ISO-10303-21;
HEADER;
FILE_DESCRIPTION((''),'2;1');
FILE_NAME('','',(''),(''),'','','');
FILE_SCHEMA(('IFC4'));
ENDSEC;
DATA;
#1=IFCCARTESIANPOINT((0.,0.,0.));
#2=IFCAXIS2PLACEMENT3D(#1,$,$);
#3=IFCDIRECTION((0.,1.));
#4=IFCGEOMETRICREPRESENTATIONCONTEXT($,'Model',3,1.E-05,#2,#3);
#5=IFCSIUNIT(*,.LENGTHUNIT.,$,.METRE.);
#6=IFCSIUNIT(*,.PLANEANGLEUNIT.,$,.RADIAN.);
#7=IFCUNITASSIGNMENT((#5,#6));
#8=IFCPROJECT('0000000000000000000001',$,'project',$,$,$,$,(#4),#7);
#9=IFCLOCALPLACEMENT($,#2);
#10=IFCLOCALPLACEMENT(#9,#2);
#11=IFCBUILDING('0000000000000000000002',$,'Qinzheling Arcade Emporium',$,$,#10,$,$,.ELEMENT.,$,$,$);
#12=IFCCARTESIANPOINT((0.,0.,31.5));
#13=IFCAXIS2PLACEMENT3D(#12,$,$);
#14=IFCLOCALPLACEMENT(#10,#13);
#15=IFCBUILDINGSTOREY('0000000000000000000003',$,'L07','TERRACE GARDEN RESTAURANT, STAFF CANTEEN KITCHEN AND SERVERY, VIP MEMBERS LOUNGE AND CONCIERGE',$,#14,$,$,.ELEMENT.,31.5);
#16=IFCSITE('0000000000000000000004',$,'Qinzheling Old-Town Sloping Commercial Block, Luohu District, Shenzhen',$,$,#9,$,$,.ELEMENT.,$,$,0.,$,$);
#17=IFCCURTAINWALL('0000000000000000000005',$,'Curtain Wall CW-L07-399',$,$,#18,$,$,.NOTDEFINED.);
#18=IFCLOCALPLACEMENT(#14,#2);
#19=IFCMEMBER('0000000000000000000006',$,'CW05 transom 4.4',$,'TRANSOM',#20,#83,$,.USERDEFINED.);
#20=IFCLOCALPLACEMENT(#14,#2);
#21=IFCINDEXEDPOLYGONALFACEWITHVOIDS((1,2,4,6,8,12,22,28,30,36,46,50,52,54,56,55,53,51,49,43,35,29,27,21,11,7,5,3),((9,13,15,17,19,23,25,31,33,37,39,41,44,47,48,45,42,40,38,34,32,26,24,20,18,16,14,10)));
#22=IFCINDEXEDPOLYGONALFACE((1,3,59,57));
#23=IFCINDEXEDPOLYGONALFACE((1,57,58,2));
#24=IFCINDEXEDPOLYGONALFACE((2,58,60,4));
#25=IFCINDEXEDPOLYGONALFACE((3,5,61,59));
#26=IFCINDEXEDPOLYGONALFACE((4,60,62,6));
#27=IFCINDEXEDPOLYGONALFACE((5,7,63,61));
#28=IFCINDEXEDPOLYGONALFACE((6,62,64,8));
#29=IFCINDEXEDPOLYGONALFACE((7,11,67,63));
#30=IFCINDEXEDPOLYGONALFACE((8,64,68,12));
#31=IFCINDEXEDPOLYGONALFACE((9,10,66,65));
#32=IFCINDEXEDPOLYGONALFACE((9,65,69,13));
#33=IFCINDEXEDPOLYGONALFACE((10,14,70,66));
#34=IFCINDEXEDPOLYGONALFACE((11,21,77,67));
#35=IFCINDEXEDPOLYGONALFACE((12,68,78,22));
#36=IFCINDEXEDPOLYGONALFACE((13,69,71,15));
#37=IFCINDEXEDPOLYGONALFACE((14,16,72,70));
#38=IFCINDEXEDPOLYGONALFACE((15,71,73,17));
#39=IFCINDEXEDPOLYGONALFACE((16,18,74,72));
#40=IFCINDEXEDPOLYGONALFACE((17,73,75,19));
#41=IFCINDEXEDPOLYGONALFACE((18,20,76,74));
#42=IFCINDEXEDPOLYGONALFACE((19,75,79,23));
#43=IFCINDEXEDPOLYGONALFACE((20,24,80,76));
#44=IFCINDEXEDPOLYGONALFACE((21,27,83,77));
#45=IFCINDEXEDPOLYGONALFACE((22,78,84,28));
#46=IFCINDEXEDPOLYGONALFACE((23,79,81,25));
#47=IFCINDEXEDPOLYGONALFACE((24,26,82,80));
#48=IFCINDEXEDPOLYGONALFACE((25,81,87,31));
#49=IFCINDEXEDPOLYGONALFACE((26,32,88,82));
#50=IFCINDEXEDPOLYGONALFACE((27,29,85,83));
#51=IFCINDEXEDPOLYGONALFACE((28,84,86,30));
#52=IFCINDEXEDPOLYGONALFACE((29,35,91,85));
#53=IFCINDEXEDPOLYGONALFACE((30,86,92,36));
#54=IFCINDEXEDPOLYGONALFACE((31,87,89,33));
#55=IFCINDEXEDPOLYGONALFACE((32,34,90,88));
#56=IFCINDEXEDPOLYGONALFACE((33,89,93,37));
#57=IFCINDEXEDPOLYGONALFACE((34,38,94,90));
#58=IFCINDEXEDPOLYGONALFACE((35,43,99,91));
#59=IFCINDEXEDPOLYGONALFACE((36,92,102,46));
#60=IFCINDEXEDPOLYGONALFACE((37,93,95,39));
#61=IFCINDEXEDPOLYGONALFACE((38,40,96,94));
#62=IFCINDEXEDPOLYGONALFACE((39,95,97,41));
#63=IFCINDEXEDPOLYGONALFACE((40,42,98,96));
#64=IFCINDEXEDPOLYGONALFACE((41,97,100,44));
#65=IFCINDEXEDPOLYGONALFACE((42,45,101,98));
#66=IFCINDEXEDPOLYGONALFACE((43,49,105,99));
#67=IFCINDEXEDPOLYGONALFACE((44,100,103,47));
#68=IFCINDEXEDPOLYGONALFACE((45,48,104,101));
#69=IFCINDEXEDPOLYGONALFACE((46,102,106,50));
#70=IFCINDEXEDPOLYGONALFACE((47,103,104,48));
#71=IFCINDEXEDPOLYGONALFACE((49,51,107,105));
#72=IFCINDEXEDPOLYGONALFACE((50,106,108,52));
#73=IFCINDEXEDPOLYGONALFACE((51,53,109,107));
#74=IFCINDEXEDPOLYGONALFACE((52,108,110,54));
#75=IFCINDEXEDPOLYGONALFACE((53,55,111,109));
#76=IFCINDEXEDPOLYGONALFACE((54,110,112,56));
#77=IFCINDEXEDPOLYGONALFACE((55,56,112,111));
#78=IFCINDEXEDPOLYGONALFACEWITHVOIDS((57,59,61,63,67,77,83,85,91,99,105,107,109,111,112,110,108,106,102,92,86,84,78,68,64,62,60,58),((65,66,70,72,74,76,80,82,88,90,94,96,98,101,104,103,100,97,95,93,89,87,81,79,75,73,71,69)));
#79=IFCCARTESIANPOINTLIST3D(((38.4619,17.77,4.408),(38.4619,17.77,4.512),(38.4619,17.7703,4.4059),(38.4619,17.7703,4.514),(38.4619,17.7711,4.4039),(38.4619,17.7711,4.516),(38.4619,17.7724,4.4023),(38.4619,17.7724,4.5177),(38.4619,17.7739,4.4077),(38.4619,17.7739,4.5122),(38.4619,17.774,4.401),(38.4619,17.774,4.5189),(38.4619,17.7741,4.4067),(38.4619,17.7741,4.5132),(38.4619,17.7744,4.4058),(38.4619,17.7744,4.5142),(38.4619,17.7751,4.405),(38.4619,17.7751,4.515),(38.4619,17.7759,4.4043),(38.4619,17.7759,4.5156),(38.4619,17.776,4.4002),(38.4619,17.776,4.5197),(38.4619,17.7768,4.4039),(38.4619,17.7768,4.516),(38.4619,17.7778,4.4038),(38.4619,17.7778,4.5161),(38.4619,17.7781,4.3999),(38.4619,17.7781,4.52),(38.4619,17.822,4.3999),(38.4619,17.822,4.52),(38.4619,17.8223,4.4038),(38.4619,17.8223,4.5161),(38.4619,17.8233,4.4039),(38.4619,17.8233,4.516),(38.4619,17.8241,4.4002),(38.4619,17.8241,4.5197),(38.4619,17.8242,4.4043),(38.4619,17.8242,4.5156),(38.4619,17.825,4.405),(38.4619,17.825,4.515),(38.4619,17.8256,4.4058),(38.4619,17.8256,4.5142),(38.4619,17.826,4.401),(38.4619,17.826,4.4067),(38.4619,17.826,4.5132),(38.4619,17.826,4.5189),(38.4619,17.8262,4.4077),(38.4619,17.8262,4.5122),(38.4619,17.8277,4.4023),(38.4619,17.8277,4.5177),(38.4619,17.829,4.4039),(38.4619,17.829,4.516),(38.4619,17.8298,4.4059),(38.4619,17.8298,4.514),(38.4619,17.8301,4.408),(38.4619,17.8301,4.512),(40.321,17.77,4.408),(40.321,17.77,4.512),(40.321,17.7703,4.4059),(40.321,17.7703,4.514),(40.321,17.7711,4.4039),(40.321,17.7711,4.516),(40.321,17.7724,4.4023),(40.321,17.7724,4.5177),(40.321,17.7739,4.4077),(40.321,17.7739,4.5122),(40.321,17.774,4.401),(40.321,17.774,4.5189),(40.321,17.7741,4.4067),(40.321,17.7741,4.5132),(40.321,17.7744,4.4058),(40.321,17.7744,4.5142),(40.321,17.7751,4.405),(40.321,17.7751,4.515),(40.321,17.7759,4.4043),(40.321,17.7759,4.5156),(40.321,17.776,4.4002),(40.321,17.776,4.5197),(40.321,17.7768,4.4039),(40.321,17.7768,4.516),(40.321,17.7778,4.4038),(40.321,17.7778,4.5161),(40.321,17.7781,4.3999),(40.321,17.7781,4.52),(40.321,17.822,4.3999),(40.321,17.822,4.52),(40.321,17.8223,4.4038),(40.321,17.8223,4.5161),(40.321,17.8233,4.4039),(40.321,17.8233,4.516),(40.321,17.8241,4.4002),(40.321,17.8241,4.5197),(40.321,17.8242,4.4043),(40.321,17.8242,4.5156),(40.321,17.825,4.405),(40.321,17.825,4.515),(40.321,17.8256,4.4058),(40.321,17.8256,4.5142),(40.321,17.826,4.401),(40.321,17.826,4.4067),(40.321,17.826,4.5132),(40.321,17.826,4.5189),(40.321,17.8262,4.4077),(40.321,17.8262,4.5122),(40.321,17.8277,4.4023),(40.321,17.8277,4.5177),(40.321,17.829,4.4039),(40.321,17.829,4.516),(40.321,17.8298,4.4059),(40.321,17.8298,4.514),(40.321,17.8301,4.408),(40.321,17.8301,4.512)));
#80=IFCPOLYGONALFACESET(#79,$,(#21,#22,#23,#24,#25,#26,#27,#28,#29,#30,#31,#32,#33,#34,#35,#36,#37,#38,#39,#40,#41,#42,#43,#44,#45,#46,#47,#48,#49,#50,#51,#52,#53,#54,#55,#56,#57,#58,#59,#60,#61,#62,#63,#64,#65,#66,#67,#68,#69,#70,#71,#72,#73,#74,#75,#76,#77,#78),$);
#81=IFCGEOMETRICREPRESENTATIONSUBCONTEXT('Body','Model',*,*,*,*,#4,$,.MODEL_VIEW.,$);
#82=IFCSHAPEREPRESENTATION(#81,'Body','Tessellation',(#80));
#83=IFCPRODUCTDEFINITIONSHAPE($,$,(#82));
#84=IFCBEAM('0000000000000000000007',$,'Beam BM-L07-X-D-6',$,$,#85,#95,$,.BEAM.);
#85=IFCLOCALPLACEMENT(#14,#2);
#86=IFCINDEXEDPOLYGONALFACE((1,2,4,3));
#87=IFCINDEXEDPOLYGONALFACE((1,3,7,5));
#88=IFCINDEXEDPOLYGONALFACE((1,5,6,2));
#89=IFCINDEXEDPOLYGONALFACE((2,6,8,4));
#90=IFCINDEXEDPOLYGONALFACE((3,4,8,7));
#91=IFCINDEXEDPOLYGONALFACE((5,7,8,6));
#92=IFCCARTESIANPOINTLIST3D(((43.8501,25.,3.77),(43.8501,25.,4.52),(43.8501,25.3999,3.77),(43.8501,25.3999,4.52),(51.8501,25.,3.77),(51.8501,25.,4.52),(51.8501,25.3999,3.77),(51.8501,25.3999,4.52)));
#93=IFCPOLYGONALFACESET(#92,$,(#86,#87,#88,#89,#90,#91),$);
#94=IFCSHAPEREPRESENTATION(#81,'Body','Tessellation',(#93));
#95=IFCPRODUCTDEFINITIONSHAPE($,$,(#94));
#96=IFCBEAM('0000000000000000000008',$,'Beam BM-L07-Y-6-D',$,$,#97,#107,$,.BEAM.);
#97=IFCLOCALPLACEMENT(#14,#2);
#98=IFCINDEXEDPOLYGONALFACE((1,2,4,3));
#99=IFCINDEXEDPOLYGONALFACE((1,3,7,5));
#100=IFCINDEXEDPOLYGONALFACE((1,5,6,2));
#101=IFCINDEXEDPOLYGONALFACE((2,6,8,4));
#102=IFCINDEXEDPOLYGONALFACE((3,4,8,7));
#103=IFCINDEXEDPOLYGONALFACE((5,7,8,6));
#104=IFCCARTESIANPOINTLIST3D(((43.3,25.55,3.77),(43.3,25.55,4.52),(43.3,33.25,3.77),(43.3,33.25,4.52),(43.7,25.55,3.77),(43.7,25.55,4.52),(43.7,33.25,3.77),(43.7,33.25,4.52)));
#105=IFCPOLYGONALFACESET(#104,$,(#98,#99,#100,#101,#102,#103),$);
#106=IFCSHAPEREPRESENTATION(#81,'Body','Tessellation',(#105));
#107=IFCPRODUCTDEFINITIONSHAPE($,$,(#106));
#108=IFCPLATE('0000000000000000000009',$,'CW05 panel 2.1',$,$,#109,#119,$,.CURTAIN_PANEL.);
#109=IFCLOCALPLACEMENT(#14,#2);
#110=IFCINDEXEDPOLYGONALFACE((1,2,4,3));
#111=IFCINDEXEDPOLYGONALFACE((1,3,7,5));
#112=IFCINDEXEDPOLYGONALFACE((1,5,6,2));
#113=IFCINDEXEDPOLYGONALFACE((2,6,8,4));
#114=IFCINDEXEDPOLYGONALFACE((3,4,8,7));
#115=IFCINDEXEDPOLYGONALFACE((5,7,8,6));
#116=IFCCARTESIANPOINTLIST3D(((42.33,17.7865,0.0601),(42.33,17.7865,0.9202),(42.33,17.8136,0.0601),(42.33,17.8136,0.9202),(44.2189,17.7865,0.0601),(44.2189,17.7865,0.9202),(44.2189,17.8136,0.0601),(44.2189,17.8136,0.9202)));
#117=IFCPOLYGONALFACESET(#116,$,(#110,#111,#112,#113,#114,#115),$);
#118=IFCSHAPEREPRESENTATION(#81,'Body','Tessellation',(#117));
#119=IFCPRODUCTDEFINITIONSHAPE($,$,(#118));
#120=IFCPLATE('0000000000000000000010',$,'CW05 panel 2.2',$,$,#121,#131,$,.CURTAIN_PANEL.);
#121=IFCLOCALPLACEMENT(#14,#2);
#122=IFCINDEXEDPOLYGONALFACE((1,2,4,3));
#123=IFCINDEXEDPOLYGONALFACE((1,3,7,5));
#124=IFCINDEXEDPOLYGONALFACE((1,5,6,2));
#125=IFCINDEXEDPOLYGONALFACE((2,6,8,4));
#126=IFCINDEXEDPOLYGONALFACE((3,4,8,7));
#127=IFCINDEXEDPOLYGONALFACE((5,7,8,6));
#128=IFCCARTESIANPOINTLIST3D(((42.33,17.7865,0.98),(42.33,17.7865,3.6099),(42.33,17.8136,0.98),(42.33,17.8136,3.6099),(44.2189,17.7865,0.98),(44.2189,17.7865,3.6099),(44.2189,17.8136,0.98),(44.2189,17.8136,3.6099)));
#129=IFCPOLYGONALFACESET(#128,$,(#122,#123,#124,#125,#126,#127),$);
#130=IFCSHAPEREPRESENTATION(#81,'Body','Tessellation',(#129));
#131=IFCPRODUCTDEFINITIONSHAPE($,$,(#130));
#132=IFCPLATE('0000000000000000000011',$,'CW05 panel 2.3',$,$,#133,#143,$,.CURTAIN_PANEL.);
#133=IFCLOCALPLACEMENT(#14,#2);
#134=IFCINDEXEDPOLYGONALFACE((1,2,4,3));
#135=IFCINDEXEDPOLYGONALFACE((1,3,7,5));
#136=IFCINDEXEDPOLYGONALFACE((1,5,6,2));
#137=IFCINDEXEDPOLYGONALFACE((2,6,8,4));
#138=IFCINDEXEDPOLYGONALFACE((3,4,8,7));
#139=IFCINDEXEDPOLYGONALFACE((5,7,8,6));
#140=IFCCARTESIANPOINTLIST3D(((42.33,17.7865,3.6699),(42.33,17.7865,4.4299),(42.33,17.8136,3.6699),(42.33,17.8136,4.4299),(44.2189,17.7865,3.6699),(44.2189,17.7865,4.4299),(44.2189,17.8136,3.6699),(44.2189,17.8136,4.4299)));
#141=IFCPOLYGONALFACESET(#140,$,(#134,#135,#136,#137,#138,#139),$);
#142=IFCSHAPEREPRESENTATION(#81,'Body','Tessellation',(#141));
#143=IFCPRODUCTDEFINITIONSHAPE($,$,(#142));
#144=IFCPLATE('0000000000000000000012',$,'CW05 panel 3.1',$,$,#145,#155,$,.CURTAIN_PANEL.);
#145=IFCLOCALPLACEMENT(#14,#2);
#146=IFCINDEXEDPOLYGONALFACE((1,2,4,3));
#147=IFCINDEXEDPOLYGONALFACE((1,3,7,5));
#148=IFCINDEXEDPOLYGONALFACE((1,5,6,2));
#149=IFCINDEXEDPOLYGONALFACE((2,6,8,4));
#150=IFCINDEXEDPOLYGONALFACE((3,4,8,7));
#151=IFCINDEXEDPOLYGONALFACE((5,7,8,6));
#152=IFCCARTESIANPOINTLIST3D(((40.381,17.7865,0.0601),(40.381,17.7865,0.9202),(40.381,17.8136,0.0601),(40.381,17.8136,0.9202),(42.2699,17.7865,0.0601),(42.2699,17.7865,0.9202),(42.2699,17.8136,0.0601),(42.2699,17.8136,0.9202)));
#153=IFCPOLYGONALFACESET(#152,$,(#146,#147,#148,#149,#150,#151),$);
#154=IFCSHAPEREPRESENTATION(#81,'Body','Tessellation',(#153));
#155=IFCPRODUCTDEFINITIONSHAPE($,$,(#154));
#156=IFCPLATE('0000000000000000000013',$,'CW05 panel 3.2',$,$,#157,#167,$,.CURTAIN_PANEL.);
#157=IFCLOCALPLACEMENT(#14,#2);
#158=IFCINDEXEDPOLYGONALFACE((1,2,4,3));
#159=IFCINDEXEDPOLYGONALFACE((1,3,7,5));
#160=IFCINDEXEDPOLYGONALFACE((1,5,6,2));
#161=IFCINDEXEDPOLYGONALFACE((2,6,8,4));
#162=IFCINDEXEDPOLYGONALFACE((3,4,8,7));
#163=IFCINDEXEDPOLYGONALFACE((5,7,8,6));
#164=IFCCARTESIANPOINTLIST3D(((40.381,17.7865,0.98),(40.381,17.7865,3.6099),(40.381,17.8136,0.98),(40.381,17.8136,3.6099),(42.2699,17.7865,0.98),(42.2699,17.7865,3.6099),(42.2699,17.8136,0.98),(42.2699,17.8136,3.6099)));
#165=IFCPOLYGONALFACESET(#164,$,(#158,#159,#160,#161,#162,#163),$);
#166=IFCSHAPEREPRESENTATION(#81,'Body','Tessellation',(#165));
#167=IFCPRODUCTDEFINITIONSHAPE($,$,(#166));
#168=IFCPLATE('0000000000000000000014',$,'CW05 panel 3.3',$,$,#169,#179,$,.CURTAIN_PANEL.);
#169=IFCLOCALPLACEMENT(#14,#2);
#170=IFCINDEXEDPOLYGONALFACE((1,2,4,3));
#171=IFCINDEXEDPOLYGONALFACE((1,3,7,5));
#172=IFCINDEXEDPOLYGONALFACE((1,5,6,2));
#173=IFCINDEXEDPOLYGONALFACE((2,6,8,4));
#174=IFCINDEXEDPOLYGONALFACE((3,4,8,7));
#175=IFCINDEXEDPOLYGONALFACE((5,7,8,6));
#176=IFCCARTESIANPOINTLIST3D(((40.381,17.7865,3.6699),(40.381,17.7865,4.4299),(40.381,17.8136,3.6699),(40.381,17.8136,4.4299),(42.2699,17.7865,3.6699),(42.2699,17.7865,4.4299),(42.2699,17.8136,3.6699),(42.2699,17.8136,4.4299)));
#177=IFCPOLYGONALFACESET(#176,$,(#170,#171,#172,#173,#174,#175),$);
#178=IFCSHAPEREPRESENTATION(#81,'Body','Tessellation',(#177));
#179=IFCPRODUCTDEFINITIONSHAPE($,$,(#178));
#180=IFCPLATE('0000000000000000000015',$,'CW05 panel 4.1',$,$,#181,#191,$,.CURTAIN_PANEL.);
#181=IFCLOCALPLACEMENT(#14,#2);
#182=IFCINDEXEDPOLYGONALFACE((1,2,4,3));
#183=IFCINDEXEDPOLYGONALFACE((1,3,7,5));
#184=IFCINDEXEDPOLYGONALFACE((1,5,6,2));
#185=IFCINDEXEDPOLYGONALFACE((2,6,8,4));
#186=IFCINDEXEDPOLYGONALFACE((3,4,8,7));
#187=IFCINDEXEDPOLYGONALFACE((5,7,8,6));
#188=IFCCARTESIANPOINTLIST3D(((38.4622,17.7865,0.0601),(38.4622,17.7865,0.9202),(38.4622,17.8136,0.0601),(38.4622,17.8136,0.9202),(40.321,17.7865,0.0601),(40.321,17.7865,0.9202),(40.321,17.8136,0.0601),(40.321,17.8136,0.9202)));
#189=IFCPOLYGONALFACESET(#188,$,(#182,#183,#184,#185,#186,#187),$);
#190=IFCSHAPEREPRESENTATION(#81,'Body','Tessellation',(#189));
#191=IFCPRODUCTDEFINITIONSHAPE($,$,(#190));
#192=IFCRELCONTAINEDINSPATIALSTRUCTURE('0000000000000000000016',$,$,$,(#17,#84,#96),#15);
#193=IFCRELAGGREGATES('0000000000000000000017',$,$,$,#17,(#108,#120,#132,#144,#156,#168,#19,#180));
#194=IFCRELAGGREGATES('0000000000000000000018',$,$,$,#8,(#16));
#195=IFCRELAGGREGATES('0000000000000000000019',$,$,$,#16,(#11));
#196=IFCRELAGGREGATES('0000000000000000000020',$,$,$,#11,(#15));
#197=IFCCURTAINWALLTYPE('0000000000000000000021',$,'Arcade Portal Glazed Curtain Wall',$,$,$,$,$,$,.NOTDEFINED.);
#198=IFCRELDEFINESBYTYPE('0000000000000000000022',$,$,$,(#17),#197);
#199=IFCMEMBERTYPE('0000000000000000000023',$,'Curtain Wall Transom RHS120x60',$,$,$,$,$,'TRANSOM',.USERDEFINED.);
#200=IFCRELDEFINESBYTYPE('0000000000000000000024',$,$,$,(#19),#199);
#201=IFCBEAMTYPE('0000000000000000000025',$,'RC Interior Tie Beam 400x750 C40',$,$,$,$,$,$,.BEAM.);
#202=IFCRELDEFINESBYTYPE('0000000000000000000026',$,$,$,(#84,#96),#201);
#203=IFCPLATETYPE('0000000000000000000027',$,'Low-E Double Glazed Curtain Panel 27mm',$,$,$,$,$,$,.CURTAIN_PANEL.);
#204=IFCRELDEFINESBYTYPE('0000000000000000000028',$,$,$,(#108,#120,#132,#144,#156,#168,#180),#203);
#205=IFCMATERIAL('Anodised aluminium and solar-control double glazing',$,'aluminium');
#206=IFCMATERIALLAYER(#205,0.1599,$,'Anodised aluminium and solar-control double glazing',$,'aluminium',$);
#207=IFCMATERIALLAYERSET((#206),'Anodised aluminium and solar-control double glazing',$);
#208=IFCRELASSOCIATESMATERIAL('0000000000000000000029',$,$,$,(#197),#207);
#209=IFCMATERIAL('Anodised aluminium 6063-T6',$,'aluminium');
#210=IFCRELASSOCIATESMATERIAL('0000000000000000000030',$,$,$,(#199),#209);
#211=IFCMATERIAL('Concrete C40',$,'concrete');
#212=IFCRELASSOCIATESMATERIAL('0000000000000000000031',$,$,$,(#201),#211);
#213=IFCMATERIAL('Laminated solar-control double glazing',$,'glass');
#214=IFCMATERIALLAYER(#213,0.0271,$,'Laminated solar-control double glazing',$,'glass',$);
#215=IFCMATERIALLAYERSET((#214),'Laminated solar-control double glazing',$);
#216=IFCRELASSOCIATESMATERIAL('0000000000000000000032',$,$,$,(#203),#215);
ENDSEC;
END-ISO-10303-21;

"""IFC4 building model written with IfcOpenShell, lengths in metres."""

from ifc_helpers import new_model, si_unit, direction, frame, origin, origin_2d, place, context, subcontext, project, spatial, rectangle, hollow_rectangle, extrude, material, layer, layer_set, material_profile, profile_set, type_object, element, aggregate, save


model = new_model("IFC4")

# Units and contexts
model_context = context("Model", 3, precision=1e-05, world=origin(), true_north=direction((0.0, 1.0)))
body_context = subcontext(model_context, "Body", "Model", "MODEL_VIEW")
ifc_project = project(units=[si_unit("LENGTHUNIT", "METRE"), si_unit("PLANEANGLEUNIT", "RADIAN")], contexts=[model_context])

# Site, building, storey
site_placement = place(None, origin())
site = spatial("IfcSite", under=ifc_project, at=site_placement, Name="Qinzheling Old-Town Sloping Commercial Block, Luohu District, Shenzhen", CompositionType="ELEMENT", RefElevation=0.0)
building_placement = place(site_placement, origin())
building = spatial("IfcBuilding", under=site, at=building_placement, Name="Qinzheling Arcade Emporium", CompositionType="ELEMENT")
storey_placement = place(building_placement, frame((0.0, 0.0, 31.5)))
storey = spatial("IfcBuildingStorey", under=building, at=storey_placement, Name="L07", Description="TERRACE GARDEN RESTAURANT, STAFF CANTEEN KITCHEN AND SERVERY, VIP MEMBERS LOUNGE AND CONCIERGE", CompositionType="ELEMENT", Elevation=31.5)

# Shared definitions
ifc_material_1 = material(Name="Concrete C40", Category="concrete")

# Curtain wall, member
ifc_material_2 = material(Name="Anodised aluminium and solar-control double glazing", Category="aluminium")
ifc_layer_1 = layer(ifc_material_2, 0.1599, Name="Anodised aluminium and solar-control double glazing", Category="aluminium")
ifc_layer_set_1 = layer_set([ifc_layer_1], Name="Anodised aluminium and solar-control double glazing")
curtain_wall_type = type_object("IfcCurtainWallType", Name="Arcade Portal Glazed Curtain Wall", PredefinedType="NOTDEFINED", material=ifc_layer_set_1)
curtain_wall_placement = place(storey_placement, origin())
curtain_wall = element("IfcCurtainWall", 1, at=curtain_wall_placement, inside=storey, type_object=curtain_wall_type, Name="Curtain Wall CW-L07-399", PredefinedType="NOTDEFINED")
ifc_material_3 = material(Name="Anodised aluminium 6063-T6", Category="aluminium")
ifc_material_profile_1 = material_profile(ifc_material_3, hollow_rectangle(XDim=0.0601, YDim=0.1201, WallThickness=0.0039, InnerFilletRadius=0.0039, OuterFilletRadius=0.0081, at=origin_2d()), Name="RHS 120x60x4", Category="aluminium")
ifc_profile_set_1 = profile_set([ifc_material_profile_1], Name="Anodised aluminium 6063-T6")
member_type_1 = type_object("IfcMemberType", Name="Curtain Wall Transom RHS120x60", ElementType="TRANSOM", PredefinedType="USERDEFINED", material=ifc_profile_set_1)
member_1_placement = place(storey_placement, frame((40.321, 17.8, 4.46), z_axis=(-1.0, 0.0, 0.0), x_axis=(0.0, -1.0, 0.0)))
member_1 = element("IfcMember", 2, at=member_1_placement, type_object=member_type_1, Name="CW05 transom 4.4", ObjectType="TRANSOM", PredefinedType="USERDEFINED", context=body_context, shape_type="SweptSolid", body=[
    extrude(hollow_rectangle(XDim=0.0601, YDim=0.1201, WallThickness=0.0039, InnerFilletRadius=0.0039, OuterFilletRadius=0.0081, at=origin_2d()), origin(), (0.0, 0.0, 1.0), 1.8591),
])

# Beams
ifc_material_profile_2 = material_profile(ifc_material_1, rectangle(XDim=0.3999, YDim=0.75, at=origin_2d()), Name="RC 400x750", Category="concrete")
ifc_profile_set_2 = profile_set([ifc_material_profile_2], Name="Concrete C40")
beam_type = type_object("IfcBeamType", Name="RC Interior Tie Beam 400x750 C40", PredefinedType="BEAM", material=ifc_profile_set_2)
beam_1_placement = place(storey_placement, frame((43.8501, 25.2, 4.145), z_axis=(1.0, 0.0, 0.0), x_axis=(0.0, 1.0, 0.0)))
element("IfcBeam", 3, at=beam_1_placement, inside=storey, type_object=beam_type, Name="Beam BM-L07-X-D-6", PredefinedType="BEAM", context=body_context, shape_type="SweptSolid", body=[
    extrude(rectangle(XDim=0.3999, YDim=0.75, at=origin_2d()), origin(), (0.0, 0.0, 1.0), 8.0),
])
beam_2_placement = place(storey_placement, frame((43.5, 25.55, 4.145), z_axis=(0.0, 1.0, 0.0), x_axis=(-1.0, 0.0, 0.0)))
element("IfcBeam", 4, at=beam_2_placement, inside=storey, type_object=beam_type, Name="Beam BM-L07-Y-6-D", PredefinedType="BEAM", context=body_context, shape_type="SweptSolid", body=[
    extrude(rectangle(XDim=0.3999, YDim=0.75, at=origin_2d()), origin(), (0.0, 0.0, 1.0), 7.7),
])

# Plates
ifc_material_4 = material(Name="Laminated solar-control double glazing", Category="glass")
ifc_layer_2 = layer(ifc_material_4, 0.0271, Name="Laminated solar-control double glazing", Category="glass")
ifc_layer_set_2 = layer_set([ifc_layer_2], Name="Laminated solar-control double glazing")
plate_type = type_object("IfcPlateType", Name="Low-E Double Glazed Curtain Panel 27mm", PredefinedType="CURTAIN_PANEL", material=ifc_layer_set_2)
plate_1_placement = place(storey_placement, frame((43.2744, 17.8, 0.0601), z_axis=(0.0, 0.0, 1.0), x_axis=(-1.0, 0.0, 0.0)))
plate_1 = element("IfcPlate", 5, at=plate_1_placement, type_object=plate_type, Name="CW05 panel 2.1", PredefinedType="CURTAIN_PANEL", context=body_context, shape_type="SweptSolid", body=[
    extrude(rectangle(XDim=1.8889, YDim=0.0271, at=origin_2d()), origin(), (0.0, 0.0, 1.0), 0.8601),
])
plate_2_placement = place(storey_placement, frame((43.2744, 17.8, 0.98), z_axis=(0.0, 0.0, 1.0), x_axis=(-1.0, 0.0, 0.0)))
plate_2 = element("IfcPlate", 6, at=plate_2_placement, type_object=plate_type, Name="CW05 panel 2.2", PredefinedType="CURTAIN_PANEL", context=body_context, shape_type="SweptSolid", body=[
    extrude(rectangle(XDim=1.8889, YDim=0.0271, at=origin_2d()), origin(), (0.0, 0.0, 1.0), 2.6299),
])
plate_3_placement = place(storey_placement, frame((43.2744, 17.8, 3.6699), z_axis=(0.0, 0.0, 1.0), x_axis=(-1.0, 0.0, 0.0)))
plate_3 = element("IfcPlate", 7, at=plate_3_placement, type_object=plate_type, Name="CW05 panel 2.3", PredefinedType="CURTAIN_PANEL", context=body_context, shape_type="SweptSolid", body=[
    extrude(rectangle(XDim=1.8889, YDim=0.0271, at=origin_2d()), origin(), (0.0, 0.0, 1.0), 0.76),
])
plate_4_placement = place(storey_placement, frame((41.3254, 17.8, 0.0601), z_axis=(0.0, 0.0, 1.0), x_axis=(-1.0, 0.0, 0.0)))
plate_4 = element("IfcPlate", 8, at=plate_4_placement, type_object=plate_type, Name="CW05 panel 3.1", PredefinedType="CURTAIN_PANEL", context=body_context, shape_type="SweptSolid", body=[
    extrude(rectangle(XDim=1.8889, YDim=0.0271, at=origin_2d()), origin(), (0.0, 0.0, 1.0), 0.8601),
])
plate_5_placement = place(storey_placement, frame((41.3254, 17.8, 0.98), z_axis=(0.0, 0.0, 1.0), x_axis=(-1.0, 0.0, 0.0)))
plate_5 = element("IfcPlate", 9, at=plate_5_placement, type_object=plate_type, Name="CW05 panel 3.2", PredefinedType="CURTAIN_PANEL", context=body_context, shape_type="SweptSolid", body=[
    extrude(rectangle(XDim=1.8889, YDim=0.0271, at=origin_2d()), origin(), (0.0, 0.0, 1.0), 2.6299),
])
plate_6_placement = place(storey_placement, frame((41.3254, 17.8, 3.6699), z_axis=(0.0, 0.0, 1.0), x_axis=(-1.0, 0.0, 0.0)))
plate_6 = element("IfcPlate", 10, at=plate_6_placement, type_object=plate_type, Name="CW05 panel 3.3", PredefinedType="CURTAIN_PANEL", context=body_context, shape_type="SweptSolid", body=[
    extrude(rectangle(XDim=1.8889, YDim=0.0271, at=origin_2d()), origin(), (0.0, 0.0, 1.0), 0.76),
])
plate_7_placement = place(storey_placement, frame((39.3916, 17.8, 0.0601), z_axis=(0.0, 0.0, 1.0), x_axis=(-1.0, 0.0, 0.0)))
plate_7 = element("IfcPlate", 11, at=plate_7_placement, type_object=plate_type, Name="CW05 panel 4.1", PredefinedType="CURTAIN_PANEL", context=body_context, shape_type="SweptSolid", body=[
    extrude(rectangle(XDim=1.8589, YDim=0.0271, at=origin_2d()), origin(), (0.0, 0.0, 1.0), 0.8601),
])
aggregate(curtain_wall, [plate_1, plate_2, plate_3, plate_4, plate_5, plate_6, member_1, plate_7])

save(model, "model.ifc")
